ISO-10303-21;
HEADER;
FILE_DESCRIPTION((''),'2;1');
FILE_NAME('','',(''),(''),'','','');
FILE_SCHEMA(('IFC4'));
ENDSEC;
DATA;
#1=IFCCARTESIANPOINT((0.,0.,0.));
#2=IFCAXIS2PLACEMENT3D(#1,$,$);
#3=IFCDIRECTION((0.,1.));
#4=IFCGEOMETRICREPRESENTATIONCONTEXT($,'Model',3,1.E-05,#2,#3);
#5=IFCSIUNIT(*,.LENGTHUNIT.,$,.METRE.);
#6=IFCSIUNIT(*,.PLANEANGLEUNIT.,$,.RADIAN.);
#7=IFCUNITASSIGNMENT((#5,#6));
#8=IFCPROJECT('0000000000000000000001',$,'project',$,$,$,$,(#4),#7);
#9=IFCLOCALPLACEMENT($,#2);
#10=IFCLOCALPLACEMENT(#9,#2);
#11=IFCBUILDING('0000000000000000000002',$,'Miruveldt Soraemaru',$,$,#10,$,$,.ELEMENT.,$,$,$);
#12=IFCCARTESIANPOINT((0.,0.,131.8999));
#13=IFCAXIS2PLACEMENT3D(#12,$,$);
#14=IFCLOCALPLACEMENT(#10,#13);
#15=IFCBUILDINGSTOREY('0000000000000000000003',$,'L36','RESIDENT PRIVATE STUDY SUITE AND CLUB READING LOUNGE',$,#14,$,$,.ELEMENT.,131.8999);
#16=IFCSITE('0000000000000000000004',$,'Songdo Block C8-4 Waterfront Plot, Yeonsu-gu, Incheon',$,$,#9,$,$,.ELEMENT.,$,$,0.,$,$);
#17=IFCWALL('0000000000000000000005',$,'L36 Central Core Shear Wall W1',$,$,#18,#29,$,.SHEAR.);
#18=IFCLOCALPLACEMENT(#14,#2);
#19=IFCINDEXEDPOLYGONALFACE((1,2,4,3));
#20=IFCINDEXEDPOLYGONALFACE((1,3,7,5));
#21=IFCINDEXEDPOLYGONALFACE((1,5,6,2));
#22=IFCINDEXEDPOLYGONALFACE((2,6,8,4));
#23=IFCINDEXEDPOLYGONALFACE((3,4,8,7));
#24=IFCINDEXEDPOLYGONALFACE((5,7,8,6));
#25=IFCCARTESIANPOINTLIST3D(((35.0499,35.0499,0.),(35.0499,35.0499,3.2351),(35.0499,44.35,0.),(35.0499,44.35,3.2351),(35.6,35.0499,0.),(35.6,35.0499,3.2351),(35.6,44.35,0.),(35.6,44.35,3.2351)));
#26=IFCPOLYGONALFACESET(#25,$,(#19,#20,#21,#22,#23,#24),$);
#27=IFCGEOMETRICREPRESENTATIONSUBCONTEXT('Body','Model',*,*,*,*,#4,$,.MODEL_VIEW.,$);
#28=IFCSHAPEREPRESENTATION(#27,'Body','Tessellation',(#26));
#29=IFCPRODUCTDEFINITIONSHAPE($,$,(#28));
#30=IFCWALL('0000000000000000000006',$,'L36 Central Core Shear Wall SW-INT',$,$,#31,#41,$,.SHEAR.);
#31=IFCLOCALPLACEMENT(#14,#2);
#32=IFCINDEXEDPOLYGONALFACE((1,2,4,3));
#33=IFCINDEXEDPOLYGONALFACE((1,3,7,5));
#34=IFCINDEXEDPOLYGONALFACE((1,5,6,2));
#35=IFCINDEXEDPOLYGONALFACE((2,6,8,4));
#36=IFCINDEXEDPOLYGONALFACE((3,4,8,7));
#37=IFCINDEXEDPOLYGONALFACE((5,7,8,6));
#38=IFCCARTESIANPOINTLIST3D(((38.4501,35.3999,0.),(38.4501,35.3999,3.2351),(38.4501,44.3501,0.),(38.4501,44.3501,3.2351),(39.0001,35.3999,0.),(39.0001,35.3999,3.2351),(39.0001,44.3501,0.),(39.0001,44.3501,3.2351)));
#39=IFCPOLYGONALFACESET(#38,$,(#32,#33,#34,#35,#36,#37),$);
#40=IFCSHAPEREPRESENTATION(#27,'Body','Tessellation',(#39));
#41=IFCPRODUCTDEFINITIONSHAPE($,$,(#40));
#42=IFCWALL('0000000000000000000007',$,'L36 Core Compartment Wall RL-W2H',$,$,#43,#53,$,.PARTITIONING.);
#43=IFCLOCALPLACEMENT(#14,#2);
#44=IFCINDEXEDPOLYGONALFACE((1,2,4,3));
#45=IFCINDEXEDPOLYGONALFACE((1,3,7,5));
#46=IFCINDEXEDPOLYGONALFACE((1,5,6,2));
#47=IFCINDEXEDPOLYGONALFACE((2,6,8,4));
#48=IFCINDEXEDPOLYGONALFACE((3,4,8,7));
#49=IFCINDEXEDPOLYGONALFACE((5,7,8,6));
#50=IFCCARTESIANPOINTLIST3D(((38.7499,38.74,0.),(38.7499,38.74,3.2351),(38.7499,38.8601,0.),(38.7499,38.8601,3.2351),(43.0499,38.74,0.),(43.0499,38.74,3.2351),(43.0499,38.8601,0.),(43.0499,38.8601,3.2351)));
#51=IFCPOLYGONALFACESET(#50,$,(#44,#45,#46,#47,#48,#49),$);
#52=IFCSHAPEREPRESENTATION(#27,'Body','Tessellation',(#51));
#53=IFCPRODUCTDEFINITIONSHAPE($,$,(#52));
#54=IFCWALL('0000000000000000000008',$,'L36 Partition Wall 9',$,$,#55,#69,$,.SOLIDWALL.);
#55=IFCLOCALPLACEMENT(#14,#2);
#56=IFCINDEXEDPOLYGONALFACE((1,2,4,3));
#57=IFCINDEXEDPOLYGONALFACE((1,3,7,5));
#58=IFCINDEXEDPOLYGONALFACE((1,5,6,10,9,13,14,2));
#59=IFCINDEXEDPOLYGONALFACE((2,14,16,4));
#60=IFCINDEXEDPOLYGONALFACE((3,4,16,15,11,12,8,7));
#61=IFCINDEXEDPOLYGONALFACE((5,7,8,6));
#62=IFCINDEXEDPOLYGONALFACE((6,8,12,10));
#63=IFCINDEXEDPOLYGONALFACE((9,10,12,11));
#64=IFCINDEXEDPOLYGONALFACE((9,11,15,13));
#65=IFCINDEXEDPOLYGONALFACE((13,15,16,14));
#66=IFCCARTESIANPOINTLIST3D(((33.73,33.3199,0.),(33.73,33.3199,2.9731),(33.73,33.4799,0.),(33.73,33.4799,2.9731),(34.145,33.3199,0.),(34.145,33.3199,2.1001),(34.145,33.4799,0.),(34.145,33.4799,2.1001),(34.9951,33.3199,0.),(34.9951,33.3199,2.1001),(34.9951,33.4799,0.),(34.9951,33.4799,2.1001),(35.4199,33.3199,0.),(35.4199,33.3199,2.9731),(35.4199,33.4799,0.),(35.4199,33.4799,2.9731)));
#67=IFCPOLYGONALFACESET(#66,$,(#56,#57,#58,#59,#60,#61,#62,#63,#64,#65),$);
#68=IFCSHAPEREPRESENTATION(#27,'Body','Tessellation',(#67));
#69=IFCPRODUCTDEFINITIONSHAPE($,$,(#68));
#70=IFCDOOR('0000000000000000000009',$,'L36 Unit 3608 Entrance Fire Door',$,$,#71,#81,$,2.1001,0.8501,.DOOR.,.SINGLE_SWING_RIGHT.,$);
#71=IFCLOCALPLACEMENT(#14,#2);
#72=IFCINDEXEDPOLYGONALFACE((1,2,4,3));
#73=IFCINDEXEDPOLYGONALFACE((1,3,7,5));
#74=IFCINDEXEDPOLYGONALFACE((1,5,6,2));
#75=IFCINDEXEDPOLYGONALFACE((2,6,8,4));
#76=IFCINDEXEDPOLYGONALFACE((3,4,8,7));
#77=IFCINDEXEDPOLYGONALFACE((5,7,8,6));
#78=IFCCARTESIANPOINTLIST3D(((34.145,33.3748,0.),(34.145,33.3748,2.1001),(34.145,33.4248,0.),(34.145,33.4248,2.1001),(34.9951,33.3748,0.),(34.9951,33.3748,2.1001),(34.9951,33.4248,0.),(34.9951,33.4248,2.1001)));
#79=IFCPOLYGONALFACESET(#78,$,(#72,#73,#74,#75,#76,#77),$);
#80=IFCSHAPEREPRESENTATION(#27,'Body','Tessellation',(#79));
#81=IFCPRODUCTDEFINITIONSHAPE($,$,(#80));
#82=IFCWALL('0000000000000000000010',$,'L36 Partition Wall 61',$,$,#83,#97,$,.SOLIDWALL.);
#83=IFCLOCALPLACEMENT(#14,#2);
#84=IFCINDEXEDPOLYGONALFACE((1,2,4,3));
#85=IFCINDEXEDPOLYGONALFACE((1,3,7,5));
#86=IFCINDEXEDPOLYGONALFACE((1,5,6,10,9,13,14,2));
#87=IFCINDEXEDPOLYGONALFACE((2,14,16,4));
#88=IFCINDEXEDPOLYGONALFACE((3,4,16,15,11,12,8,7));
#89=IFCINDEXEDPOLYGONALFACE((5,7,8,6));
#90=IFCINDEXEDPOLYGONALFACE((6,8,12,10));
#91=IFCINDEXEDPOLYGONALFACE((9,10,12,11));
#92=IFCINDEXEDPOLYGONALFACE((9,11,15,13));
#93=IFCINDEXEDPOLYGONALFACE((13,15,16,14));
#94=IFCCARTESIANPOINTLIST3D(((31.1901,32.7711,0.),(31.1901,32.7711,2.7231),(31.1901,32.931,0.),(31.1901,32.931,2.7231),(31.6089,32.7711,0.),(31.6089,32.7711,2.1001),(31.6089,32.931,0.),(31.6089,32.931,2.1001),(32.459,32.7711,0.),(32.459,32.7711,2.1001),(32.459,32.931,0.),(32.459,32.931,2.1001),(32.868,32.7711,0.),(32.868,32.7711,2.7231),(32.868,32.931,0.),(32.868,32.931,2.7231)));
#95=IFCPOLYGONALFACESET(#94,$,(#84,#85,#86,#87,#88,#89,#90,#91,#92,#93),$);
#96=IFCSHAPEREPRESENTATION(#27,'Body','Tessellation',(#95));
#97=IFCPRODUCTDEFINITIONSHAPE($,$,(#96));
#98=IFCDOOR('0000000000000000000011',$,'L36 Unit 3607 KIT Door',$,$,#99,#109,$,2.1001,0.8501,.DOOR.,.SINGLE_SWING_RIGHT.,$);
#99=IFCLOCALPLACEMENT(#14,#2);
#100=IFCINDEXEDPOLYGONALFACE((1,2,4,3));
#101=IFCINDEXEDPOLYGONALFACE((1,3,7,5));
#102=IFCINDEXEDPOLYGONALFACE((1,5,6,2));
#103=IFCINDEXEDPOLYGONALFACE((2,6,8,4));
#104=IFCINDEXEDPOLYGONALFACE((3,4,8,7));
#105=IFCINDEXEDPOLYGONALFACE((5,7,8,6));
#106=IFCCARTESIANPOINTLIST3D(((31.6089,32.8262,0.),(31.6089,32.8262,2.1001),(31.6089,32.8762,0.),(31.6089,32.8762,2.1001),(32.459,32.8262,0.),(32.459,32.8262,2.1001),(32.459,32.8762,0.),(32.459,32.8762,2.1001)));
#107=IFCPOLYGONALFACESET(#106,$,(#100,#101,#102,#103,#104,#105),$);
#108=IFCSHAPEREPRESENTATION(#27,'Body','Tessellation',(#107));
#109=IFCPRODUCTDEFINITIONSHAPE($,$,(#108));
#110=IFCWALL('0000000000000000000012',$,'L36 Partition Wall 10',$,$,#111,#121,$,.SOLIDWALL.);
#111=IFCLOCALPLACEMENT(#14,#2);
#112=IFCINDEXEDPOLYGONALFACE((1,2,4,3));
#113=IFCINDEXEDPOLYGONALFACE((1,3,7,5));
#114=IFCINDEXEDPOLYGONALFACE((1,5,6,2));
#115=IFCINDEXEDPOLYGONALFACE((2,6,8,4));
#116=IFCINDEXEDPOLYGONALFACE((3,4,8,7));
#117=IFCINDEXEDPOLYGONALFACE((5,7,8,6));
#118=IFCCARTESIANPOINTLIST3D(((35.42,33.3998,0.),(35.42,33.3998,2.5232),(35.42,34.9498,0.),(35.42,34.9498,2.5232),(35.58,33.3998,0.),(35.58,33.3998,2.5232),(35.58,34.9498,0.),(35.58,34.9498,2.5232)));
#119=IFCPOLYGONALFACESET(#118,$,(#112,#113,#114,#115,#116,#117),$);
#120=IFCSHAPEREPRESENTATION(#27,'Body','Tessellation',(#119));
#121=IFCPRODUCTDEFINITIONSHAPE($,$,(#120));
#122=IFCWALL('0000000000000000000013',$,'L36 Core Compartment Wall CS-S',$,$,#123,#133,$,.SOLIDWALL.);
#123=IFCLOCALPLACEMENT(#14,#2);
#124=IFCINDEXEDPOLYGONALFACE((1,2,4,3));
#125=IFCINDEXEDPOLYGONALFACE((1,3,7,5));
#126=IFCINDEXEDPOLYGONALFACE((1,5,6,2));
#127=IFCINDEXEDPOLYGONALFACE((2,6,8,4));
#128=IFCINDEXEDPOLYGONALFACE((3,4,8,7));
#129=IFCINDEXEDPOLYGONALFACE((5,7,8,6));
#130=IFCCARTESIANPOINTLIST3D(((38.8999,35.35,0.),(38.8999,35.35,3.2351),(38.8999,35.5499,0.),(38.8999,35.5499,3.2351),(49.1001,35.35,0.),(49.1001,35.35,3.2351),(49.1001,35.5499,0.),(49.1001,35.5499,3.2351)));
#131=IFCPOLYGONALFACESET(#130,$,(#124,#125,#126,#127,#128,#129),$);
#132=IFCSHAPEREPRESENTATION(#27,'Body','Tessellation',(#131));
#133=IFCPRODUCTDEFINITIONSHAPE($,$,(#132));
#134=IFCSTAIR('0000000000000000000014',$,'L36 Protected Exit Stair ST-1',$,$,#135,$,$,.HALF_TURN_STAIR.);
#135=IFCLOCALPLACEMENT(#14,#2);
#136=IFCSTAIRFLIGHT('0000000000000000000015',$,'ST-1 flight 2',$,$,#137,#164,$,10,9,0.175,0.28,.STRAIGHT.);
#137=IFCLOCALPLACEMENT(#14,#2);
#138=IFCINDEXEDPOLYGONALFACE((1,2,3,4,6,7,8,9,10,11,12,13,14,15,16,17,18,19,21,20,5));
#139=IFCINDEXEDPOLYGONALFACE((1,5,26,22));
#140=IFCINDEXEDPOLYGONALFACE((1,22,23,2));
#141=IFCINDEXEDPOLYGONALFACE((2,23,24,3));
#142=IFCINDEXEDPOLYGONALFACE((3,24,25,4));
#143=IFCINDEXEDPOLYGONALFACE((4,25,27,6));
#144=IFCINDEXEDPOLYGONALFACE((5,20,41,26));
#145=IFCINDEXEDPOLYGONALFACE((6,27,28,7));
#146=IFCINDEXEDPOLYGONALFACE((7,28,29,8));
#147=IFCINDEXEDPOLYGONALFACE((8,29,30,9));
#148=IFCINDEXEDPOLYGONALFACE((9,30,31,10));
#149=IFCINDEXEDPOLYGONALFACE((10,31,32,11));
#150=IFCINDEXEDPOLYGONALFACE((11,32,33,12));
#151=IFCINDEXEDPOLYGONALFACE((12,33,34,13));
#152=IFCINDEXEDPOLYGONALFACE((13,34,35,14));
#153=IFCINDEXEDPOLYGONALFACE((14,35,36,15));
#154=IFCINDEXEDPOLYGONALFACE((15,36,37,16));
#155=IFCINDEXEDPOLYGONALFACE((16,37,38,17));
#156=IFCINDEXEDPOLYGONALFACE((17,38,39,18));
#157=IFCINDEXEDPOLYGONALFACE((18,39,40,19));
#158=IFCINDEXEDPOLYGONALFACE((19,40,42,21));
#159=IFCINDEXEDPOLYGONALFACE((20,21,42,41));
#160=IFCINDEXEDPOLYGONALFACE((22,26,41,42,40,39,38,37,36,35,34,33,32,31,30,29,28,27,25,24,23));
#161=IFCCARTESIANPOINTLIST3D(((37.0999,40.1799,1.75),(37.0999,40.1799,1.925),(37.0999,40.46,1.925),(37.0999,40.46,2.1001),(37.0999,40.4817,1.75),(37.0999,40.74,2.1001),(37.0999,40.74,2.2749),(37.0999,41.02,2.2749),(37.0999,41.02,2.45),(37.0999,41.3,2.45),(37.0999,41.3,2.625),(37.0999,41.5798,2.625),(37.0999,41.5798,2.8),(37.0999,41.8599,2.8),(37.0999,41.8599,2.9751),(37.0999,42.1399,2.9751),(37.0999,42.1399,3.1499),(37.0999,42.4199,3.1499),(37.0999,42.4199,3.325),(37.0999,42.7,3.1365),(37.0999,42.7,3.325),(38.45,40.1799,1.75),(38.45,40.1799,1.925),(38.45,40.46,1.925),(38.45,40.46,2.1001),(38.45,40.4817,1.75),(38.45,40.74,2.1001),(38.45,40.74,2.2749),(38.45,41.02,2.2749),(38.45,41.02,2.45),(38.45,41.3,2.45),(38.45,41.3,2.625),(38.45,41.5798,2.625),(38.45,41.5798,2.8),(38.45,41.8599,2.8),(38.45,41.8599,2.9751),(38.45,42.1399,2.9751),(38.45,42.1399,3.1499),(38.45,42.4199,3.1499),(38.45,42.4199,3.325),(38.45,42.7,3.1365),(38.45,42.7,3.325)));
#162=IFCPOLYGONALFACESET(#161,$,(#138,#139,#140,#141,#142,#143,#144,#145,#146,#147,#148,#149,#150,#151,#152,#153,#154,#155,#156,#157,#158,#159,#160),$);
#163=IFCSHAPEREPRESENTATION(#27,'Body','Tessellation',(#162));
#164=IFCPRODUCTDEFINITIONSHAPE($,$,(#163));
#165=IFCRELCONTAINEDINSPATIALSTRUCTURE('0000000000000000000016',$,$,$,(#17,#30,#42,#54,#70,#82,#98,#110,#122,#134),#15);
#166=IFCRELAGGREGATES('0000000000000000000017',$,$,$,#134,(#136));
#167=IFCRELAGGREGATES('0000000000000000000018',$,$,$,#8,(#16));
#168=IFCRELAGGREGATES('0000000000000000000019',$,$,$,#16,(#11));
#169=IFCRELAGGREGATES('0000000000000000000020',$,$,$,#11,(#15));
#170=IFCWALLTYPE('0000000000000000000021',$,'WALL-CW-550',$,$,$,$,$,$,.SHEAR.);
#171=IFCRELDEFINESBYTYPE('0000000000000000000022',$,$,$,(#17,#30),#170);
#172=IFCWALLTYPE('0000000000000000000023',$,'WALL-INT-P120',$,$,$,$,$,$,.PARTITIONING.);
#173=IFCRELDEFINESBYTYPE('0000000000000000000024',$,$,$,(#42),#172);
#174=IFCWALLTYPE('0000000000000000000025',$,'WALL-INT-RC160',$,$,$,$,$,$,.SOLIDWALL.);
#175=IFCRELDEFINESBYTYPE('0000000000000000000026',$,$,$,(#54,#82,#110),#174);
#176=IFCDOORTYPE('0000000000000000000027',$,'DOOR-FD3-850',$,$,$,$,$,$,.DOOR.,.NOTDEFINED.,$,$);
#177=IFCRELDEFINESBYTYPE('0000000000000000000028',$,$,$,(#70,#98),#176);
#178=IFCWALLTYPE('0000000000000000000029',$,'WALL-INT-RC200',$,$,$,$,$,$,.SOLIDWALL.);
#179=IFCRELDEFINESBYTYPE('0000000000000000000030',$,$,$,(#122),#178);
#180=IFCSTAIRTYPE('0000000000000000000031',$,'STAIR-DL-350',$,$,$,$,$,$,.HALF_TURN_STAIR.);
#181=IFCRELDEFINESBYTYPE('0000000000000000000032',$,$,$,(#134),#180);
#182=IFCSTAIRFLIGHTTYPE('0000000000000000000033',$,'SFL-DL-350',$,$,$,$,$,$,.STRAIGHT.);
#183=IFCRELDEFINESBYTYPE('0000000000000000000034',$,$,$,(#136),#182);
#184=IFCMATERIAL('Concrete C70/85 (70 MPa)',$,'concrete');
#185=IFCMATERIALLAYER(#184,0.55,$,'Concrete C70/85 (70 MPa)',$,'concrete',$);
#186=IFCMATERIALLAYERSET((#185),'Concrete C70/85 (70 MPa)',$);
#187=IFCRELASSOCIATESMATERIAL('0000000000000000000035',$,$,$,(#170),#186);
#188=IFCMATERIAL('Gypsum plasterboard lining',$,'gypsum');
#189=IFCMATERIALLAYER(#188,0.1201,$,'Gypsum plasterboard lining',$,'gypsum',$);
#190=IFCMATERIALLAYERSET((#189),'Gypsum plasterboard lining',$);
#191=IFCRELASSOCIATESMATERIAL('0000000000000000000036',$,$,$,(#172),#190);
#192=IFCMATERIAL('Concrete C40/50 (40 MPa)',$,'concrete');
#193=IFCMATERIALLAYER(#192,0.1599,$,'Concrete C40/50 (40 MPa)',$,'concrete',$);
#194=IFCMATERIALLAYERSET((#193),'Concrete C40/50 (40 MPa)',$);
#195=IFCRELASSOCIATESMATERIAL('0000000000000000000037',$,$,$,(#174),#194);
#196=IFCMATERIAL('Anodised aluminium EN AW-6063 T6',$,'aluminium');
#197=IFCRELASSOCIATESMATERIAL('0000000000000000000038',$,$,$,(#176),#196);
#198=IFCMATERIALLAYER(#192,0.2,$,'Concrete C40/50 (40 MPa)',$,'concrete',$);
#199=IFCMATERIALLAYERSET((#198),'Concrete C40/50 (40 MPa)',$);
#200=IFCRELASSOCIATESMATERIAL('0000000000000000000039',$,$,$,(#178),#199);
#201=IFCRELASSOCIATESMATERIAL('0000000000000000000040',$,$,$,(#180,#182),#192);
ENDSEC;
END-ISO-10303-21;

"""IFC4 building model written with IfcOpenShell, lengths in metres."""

from ifc_helpers import new_model, si_unit, direction, frame, frame_2d, origin, place, context, subcontext, project, spatial, polyline, rectangle, outline, extrude, material, layer, layer_set, type_object, element, fill, aggregate, save


model = new_model("IFC4")

# Units and contexts
model_context = context("Model", 3, precision=1e-05, world=origin(), true_north=direction((0.0, 1.0)))
body_context = subcontext(model_context, "Body", "Model", "MODEL_VIEW")
ifc_project = project(units=[si_unit("LENGTHUNIT", "METRE"), si_unit("PLANEANGLEUNIT", "RADIAN")], contexts=[model_context])

# Site, building, storey
site_placement = place(None, origin())
site = spatial("IfcSite", under=ifc_project, at=site_placement, Name="Songdo Block C8-4 Waterfront Plot, Yeonsu-gu, Incheon", CompositionType="ELEMENT", RefElevation=0.0)
building_placement = place(site_placement, origin())
building = spatial("IfcBuilding", under=site, at=building_placement, Name="Miruveldt Soraemaru", CompositionType="ELEMENT")
storey_placement = place(building_placement, frame((0.0, 0.0, 131.8999)))
storey = spatial("IfcBuildingStorey", under=building, at=storey_placement, Name="L36", Description="RESIDENT PRIVATE STUDY SUITE AND CLUB READING LOUNGE", CompositionType="ELEMENT", Elevation=131.8999)

# Walls
ifc_material_1 = material(Name="Concrete C70/85 (70 MPa)", Category="concrete")
ifc_layer_1 = layer(ifc_material_1, 0.55, Name="Concrete C70/85 (70 MPa)", Category="concrete")
ifc_layer_set_1 = layer_set([ifc_layer_1], Name="Concrete C70/85 (70 MPa)")
wall_type_1 = type_object("IfcWallType", Name="WALL-CW-550", PredefinedType="SHEAR", material=ifc_layer_set_1)
wall_1_placement = place(storey_placement, frame((35.325, 35.05, 0.0), z_axis=(0.0, 0.0, 1.0), x_axis=(0.0, 1.0, 0.0)))
element("IfcWall", 1, at=wall_1_placement, inside=storey, type_object=wall_type_1, Name="L36 Central Core Shear Wall W1", PredefinedType="SHEAR", context=body_context, shape_type="SweptSolid", body=[
    extrude(rectangle(XDim=9.3, YDim=0.55, at=frame_2d((4.6499, 0.0))), origin(), (0.0, 0.0, 1.0), 3.2351),
])
wall_2_placement = place(storey_placement, frame((38.7251, 35.3999, 0.0), z_axis=(0.0, 0.0, 1.0), x_axis=(0.0, 1.0, 0.0)))
element("IfcWall", 2, at=wall_2_placement, inside=storey, type_object=wall_type_1, Name="L36 Central Core Shear Wall SW-INT", PredefinedType="SHEAR", context=body_context, shape_type="SweptSolid", body=[
    extrude(rectangle(XDim=8.9502, YDim=0.55, at=frame_2d((4.4751, 0.0))), origin(), (0.0, 0.0, 1.0), 3.2351),
])
ifc_material_2 = material(Name="Gypsum plasterboard lining", Category="gypsum")
ifc_layer_2 = layer(ifc_material_2, 0.1201, Name="Gypsum plasterboard lining", Category="gypsum")
ifc_layer_set_2 = layer_set([ifc_layer_2], Name="Gypsum plasterboard lining")
wall_type_2 = type_object("IfcWallType", Name="WALL-INT-P120", PredefinedType="PARTITIONING", material=ifc_layer_set_2)
wall_3_placement = place(storey_placement, frame((38.75, 38.8, 0.0), z_axis=(0.0, 0.0, 1.0), x_axis=(1.0, 0.0, 0.0)))
element("IfcWall", 3, at=wall_3_placement, inside=storey, type_object=wall_type_2, Name="L36 Core Compartment Wall RL-W2H", PredefinedType="PARTITIONING", context=body_context, shape_type="SweptSolid", body=[
    extrude(rectangle(XDim=4.3, YDim=0.1201, at=frame_2d((2.1499, 0.0))), origin(), (0.0, 0.0, 1.0), 3.2351),
])

# Walls, openings, doors
ifc_material_3 = material(Name="Concrete C40/50 (40 MPa)", Category="concrete")
ifc_layer_3 = layer(ifc_material_3, 0.1599, Name="Concrete C40/50 (40 MPa)", Category="concrete")
ifc_layer_set_3 = layer_set([ifc_layer_3], Name="Concrete C40/50 (40 MPa)")
wall_type_3 = type_object("IfcWallType", Name="WALL-INT-RC160", PredefinedType="SOLIDWALL", material=ifc_layer_set_3)
ifc_material_4 = material(Name="Anodised aluminium EN AW-6063 T6", Category="aluminium")
wall_4_placement = place(storey_placement, frame((33.73, 33.3999, 0.0), z_axis=(0.0, 0.0, 1.0), x_axis=(1.0, 0.0, 0.0)))
wall_4 = element("IfcWall", 4, at=wall_4_placement, inside=storey, type_object=wall_type_3, Name="L36 Partition Wall 9", PredefinedType="SOLIDWALL", context=body_context, shape_type="SweptSolid", body=[
    extrude(rectangle(XDim=1.6899, YDim=0.1599, at=frame_2d((0.845, 0.0))), origin(), (0.0, 0.0, 1.0), 2.9731),
])
opening_1_placement = place(wall_4_placement, frame((0.415, 0.0, 0.0)))
opening_1 = element("IfcOpeningElement", 5, at=opening_1_placement, cuts=wall_4, PredefinedType="OPENING", context=body_context, shape_type="SweptSolid", body=[
    extrude(rectangle(XDim=0.8501, YDim=2.1001, at=frame_2d((0.425, 1.05))), frame((0.0, 0.0898, 0.0), z_axis=(0.0, -1.0, 0.0), x_axis=(1.0, 0.0, 0.0)), (0.0, 0.0, 1.0), 0.1799),
])
door_type_1 = type_object("IfcDoorType", Name="DOOR-FD3-850", OperationType="NOTDEFINED", PredefinedType="DOOR", material=ifc_material_4)
door_1_placement = place(opening_1_placement, origin())
door_1 = element("IfcDoor", 6, at=door_1_placement, inside=storey, type_object=door_type_1, Name="L36 Unit 3608 Entrance Fire Door", OperationType="SINGLE_SWING_RIGHT", OverallHeight=2.1001, OverallWidth=0.8501, PredefinedType="DOOR", context=body_context, shape_type="SweptSolid", body=[
    extrude(rectangle(XDim=0.8501, YDim=2.1001, at=frame_2d((0.425, 1.05))), frame((0.0, 0.0249, 0.0), z_axis=(0.0, -1.0, 0.0), x_axis=(1.0, 0.0, 0.0)), (0.0, 0.0, 1.0), 0.05),
])
fill(opening_1, door_1)
wall_5_placement = place(storey_placement, frame((32.8679, 32.8511, 0.0), z_axis=(0.0, 0.0, 1.0), x_axis=(-1.0, 0.0, 0.0)))
wall_5 = element("IfcWall", 7, at=wall_5_placement, inside=storey, type_object=wall_type_3, Name="L36 Partition Wall 61", PredefinedType="SOLIDWALL", context=body_context, shape_type="SweptSolid", body=[
    extrude(rectangle(XDim=1.678, YDim=0.1599, at=frame_2d((0.8389, 0.0))), origin(), (0.0, 0.0, 1.0), 2.7231),
])
opening_2_placement = place(wall_5_placement, frame((0.4089, 0.0, 0.0)))
opening_2 = element("IfcOpeningElement", 8, at=opening_2_placement, cuts=wall_5, PredefinedType="OPENING", context=body_context, shape_type="SweptSolid", body=[
    extrude(rectangle(XDim=0.8501, YDim=2.1001, at=frame_2d((0.425, 1.05))), frame((0.0, 0.0898, 0.0), z_axis=(0.0, -1.0, 0.0), x_axis=(1.0, 0.0, 0.0)), (0.0, 0.0, 1.0), 0.1799),
])
door_2_placement = place(opening_2_placement, origin())
door_2 = element("IfcDoor", 9, at=door_2_placement, inside=storey, type_object=door_type_1, Name="L36 Unit 3607 KIT Door", OperationType="SINGLE_SWING_RIGHT", OverallHeight=2.1001, OverallWidth=0.8501, PredefinedType="DOOR", context=body_context, shape_type="SweptSolid", body=[
    extrude(rectangle(XDim=0.8501, YDim=2.1001, at=frame_2d((0.425, 1.05))), frame((0.0, 0.0249, 0.0), z_axis=(0.0, -1.0, 0.0), x_axis=(1.0, 0.0, 0.0)), (0.0, 0.0, 1.0), 0.05),
])
fill(opening_2, door_2)

# Walls
wall_6_placement = place(storey_placement, frame((35.5, 33.3999, 0.0), z_axis=(0.0, 0.0, 1.0), x_axis=(0.0, 1.0, 0.0)))
element("IfcWall", 10, at=wall_6_placement, inside=storey, type_object=wall_type_3, Name="L36 Partition Wall 10", PredefinedType="SOLIDWALL", context=body_context, shape_type="SweptSolid", body=[
    extrude(rectangle(XDim=1.55, YDim=0.1599, at=frame_2d((0.7749, 0.0))), origin(), (0.0, 0.0, 1.0), 2.5232),
])
ifc_layer_4 = layer(ifc_material_3, 0.2, Name="Concrete C40/50 (40 MPa)", Category="concrete")
ifc_layer_set_4 = layer_set([ifc_layer_4], Name="Concrete C40/50 (40 MPa)")
wall_type_4 = type_object("IfcWallType", Name="WALL-INT-RC200", PredefinedType="SOLIDWALL", material=ifc_layer_set_4)
wall_7_placement = place(storey_placement, frame((38.8999, 35.45, 0.0), z_axis=(0.0, 0.0, 1.0), x_axis=(1.0, 0.0, 0.0)))
element("IfcWall", 11, at=wall_7_placement, inside=storey, type_object=wall_type_4, Name="L36 Core Compartment Wall CS-S", PredefinedType="SOLIDWALL", context=body_context, shape_type="SweptSolid", body=[
    extrude(rectangle(XDim=10.2002, YDim=0.2, at=frame_2d((5.1001, 0.0))), origin(), (0.0, 0.0, 1.0), 3.2351),
])

# Stair, stair flight
stair_type = type_object("IfcStairType", Name="STAIR-DL-350", PredefinedType="HALF_TURN_STAIR", material=ifc_material_3)
stair_placement = place(storey_placement, origin())
stair = element("IfcStair", 12, at=stair_placement, inside=storey, type_object=stair_type, Name="L36 Protected Exit Stair ST-1", PredefinedType="HALF_TURN_STAIR")
stair_flight_type = type_object("IfcStairFlightType", Name="SFL-DL-350", PredefinedType="STRAIGHT", material=ifc_material_3)
stair_flight_placement = place(storey_placement, frame((37.7749, 40.1799, 1.75), z_axis=(0.0, 0.0, 1.0), x_axis=(0.0, 1.0, 0.0)))
stair_flight = element("IfcStairFlight", 13, at=stair_flight_placement, type_object=stair_flight_type, Name="ST-1 flight 2", NumberOfRisers=10, NumberOfTreads=9, PredefinedType="STRAIGHT", RiserHeight=0.175, TreadLength=0.28, context=body_context, shape_type="SweptSolid", body=[
    extrude(outline(polyline([(0.0, 0.0), (0.0, 0.175), (0.28, 0.175), (0.28, 0.3501), (0.5601, 0.3501), (0.5601, 0.5249), (0.8401, 0.5249), (0.8401, 0.7), (1.1201, 0.7), (1.1201, 0.875), (1.3999, 0.875), (1.3999, 1.05), (1.6799, 1.05), (1.6799, 1.2251), (1.96, 1.2251), (1.96, 1.3999), (2.24, 1.3999), (2.24, 1.575), (2.52, 1.575), (2.52, 1.75), (2.52, 1.3865), (0.3018, 0.0), (0.0, 0.0)])), frame((0.0, 0.675, 0.0), z_axis=(0.0, -1.0, 0.0), x_axis=(1.0, 0.0, 0.0)), (0.0, 0.0, 1.0), 1.3501),
])
aggregate(stair, [stair_flight])

save(model, "model.ifc")
